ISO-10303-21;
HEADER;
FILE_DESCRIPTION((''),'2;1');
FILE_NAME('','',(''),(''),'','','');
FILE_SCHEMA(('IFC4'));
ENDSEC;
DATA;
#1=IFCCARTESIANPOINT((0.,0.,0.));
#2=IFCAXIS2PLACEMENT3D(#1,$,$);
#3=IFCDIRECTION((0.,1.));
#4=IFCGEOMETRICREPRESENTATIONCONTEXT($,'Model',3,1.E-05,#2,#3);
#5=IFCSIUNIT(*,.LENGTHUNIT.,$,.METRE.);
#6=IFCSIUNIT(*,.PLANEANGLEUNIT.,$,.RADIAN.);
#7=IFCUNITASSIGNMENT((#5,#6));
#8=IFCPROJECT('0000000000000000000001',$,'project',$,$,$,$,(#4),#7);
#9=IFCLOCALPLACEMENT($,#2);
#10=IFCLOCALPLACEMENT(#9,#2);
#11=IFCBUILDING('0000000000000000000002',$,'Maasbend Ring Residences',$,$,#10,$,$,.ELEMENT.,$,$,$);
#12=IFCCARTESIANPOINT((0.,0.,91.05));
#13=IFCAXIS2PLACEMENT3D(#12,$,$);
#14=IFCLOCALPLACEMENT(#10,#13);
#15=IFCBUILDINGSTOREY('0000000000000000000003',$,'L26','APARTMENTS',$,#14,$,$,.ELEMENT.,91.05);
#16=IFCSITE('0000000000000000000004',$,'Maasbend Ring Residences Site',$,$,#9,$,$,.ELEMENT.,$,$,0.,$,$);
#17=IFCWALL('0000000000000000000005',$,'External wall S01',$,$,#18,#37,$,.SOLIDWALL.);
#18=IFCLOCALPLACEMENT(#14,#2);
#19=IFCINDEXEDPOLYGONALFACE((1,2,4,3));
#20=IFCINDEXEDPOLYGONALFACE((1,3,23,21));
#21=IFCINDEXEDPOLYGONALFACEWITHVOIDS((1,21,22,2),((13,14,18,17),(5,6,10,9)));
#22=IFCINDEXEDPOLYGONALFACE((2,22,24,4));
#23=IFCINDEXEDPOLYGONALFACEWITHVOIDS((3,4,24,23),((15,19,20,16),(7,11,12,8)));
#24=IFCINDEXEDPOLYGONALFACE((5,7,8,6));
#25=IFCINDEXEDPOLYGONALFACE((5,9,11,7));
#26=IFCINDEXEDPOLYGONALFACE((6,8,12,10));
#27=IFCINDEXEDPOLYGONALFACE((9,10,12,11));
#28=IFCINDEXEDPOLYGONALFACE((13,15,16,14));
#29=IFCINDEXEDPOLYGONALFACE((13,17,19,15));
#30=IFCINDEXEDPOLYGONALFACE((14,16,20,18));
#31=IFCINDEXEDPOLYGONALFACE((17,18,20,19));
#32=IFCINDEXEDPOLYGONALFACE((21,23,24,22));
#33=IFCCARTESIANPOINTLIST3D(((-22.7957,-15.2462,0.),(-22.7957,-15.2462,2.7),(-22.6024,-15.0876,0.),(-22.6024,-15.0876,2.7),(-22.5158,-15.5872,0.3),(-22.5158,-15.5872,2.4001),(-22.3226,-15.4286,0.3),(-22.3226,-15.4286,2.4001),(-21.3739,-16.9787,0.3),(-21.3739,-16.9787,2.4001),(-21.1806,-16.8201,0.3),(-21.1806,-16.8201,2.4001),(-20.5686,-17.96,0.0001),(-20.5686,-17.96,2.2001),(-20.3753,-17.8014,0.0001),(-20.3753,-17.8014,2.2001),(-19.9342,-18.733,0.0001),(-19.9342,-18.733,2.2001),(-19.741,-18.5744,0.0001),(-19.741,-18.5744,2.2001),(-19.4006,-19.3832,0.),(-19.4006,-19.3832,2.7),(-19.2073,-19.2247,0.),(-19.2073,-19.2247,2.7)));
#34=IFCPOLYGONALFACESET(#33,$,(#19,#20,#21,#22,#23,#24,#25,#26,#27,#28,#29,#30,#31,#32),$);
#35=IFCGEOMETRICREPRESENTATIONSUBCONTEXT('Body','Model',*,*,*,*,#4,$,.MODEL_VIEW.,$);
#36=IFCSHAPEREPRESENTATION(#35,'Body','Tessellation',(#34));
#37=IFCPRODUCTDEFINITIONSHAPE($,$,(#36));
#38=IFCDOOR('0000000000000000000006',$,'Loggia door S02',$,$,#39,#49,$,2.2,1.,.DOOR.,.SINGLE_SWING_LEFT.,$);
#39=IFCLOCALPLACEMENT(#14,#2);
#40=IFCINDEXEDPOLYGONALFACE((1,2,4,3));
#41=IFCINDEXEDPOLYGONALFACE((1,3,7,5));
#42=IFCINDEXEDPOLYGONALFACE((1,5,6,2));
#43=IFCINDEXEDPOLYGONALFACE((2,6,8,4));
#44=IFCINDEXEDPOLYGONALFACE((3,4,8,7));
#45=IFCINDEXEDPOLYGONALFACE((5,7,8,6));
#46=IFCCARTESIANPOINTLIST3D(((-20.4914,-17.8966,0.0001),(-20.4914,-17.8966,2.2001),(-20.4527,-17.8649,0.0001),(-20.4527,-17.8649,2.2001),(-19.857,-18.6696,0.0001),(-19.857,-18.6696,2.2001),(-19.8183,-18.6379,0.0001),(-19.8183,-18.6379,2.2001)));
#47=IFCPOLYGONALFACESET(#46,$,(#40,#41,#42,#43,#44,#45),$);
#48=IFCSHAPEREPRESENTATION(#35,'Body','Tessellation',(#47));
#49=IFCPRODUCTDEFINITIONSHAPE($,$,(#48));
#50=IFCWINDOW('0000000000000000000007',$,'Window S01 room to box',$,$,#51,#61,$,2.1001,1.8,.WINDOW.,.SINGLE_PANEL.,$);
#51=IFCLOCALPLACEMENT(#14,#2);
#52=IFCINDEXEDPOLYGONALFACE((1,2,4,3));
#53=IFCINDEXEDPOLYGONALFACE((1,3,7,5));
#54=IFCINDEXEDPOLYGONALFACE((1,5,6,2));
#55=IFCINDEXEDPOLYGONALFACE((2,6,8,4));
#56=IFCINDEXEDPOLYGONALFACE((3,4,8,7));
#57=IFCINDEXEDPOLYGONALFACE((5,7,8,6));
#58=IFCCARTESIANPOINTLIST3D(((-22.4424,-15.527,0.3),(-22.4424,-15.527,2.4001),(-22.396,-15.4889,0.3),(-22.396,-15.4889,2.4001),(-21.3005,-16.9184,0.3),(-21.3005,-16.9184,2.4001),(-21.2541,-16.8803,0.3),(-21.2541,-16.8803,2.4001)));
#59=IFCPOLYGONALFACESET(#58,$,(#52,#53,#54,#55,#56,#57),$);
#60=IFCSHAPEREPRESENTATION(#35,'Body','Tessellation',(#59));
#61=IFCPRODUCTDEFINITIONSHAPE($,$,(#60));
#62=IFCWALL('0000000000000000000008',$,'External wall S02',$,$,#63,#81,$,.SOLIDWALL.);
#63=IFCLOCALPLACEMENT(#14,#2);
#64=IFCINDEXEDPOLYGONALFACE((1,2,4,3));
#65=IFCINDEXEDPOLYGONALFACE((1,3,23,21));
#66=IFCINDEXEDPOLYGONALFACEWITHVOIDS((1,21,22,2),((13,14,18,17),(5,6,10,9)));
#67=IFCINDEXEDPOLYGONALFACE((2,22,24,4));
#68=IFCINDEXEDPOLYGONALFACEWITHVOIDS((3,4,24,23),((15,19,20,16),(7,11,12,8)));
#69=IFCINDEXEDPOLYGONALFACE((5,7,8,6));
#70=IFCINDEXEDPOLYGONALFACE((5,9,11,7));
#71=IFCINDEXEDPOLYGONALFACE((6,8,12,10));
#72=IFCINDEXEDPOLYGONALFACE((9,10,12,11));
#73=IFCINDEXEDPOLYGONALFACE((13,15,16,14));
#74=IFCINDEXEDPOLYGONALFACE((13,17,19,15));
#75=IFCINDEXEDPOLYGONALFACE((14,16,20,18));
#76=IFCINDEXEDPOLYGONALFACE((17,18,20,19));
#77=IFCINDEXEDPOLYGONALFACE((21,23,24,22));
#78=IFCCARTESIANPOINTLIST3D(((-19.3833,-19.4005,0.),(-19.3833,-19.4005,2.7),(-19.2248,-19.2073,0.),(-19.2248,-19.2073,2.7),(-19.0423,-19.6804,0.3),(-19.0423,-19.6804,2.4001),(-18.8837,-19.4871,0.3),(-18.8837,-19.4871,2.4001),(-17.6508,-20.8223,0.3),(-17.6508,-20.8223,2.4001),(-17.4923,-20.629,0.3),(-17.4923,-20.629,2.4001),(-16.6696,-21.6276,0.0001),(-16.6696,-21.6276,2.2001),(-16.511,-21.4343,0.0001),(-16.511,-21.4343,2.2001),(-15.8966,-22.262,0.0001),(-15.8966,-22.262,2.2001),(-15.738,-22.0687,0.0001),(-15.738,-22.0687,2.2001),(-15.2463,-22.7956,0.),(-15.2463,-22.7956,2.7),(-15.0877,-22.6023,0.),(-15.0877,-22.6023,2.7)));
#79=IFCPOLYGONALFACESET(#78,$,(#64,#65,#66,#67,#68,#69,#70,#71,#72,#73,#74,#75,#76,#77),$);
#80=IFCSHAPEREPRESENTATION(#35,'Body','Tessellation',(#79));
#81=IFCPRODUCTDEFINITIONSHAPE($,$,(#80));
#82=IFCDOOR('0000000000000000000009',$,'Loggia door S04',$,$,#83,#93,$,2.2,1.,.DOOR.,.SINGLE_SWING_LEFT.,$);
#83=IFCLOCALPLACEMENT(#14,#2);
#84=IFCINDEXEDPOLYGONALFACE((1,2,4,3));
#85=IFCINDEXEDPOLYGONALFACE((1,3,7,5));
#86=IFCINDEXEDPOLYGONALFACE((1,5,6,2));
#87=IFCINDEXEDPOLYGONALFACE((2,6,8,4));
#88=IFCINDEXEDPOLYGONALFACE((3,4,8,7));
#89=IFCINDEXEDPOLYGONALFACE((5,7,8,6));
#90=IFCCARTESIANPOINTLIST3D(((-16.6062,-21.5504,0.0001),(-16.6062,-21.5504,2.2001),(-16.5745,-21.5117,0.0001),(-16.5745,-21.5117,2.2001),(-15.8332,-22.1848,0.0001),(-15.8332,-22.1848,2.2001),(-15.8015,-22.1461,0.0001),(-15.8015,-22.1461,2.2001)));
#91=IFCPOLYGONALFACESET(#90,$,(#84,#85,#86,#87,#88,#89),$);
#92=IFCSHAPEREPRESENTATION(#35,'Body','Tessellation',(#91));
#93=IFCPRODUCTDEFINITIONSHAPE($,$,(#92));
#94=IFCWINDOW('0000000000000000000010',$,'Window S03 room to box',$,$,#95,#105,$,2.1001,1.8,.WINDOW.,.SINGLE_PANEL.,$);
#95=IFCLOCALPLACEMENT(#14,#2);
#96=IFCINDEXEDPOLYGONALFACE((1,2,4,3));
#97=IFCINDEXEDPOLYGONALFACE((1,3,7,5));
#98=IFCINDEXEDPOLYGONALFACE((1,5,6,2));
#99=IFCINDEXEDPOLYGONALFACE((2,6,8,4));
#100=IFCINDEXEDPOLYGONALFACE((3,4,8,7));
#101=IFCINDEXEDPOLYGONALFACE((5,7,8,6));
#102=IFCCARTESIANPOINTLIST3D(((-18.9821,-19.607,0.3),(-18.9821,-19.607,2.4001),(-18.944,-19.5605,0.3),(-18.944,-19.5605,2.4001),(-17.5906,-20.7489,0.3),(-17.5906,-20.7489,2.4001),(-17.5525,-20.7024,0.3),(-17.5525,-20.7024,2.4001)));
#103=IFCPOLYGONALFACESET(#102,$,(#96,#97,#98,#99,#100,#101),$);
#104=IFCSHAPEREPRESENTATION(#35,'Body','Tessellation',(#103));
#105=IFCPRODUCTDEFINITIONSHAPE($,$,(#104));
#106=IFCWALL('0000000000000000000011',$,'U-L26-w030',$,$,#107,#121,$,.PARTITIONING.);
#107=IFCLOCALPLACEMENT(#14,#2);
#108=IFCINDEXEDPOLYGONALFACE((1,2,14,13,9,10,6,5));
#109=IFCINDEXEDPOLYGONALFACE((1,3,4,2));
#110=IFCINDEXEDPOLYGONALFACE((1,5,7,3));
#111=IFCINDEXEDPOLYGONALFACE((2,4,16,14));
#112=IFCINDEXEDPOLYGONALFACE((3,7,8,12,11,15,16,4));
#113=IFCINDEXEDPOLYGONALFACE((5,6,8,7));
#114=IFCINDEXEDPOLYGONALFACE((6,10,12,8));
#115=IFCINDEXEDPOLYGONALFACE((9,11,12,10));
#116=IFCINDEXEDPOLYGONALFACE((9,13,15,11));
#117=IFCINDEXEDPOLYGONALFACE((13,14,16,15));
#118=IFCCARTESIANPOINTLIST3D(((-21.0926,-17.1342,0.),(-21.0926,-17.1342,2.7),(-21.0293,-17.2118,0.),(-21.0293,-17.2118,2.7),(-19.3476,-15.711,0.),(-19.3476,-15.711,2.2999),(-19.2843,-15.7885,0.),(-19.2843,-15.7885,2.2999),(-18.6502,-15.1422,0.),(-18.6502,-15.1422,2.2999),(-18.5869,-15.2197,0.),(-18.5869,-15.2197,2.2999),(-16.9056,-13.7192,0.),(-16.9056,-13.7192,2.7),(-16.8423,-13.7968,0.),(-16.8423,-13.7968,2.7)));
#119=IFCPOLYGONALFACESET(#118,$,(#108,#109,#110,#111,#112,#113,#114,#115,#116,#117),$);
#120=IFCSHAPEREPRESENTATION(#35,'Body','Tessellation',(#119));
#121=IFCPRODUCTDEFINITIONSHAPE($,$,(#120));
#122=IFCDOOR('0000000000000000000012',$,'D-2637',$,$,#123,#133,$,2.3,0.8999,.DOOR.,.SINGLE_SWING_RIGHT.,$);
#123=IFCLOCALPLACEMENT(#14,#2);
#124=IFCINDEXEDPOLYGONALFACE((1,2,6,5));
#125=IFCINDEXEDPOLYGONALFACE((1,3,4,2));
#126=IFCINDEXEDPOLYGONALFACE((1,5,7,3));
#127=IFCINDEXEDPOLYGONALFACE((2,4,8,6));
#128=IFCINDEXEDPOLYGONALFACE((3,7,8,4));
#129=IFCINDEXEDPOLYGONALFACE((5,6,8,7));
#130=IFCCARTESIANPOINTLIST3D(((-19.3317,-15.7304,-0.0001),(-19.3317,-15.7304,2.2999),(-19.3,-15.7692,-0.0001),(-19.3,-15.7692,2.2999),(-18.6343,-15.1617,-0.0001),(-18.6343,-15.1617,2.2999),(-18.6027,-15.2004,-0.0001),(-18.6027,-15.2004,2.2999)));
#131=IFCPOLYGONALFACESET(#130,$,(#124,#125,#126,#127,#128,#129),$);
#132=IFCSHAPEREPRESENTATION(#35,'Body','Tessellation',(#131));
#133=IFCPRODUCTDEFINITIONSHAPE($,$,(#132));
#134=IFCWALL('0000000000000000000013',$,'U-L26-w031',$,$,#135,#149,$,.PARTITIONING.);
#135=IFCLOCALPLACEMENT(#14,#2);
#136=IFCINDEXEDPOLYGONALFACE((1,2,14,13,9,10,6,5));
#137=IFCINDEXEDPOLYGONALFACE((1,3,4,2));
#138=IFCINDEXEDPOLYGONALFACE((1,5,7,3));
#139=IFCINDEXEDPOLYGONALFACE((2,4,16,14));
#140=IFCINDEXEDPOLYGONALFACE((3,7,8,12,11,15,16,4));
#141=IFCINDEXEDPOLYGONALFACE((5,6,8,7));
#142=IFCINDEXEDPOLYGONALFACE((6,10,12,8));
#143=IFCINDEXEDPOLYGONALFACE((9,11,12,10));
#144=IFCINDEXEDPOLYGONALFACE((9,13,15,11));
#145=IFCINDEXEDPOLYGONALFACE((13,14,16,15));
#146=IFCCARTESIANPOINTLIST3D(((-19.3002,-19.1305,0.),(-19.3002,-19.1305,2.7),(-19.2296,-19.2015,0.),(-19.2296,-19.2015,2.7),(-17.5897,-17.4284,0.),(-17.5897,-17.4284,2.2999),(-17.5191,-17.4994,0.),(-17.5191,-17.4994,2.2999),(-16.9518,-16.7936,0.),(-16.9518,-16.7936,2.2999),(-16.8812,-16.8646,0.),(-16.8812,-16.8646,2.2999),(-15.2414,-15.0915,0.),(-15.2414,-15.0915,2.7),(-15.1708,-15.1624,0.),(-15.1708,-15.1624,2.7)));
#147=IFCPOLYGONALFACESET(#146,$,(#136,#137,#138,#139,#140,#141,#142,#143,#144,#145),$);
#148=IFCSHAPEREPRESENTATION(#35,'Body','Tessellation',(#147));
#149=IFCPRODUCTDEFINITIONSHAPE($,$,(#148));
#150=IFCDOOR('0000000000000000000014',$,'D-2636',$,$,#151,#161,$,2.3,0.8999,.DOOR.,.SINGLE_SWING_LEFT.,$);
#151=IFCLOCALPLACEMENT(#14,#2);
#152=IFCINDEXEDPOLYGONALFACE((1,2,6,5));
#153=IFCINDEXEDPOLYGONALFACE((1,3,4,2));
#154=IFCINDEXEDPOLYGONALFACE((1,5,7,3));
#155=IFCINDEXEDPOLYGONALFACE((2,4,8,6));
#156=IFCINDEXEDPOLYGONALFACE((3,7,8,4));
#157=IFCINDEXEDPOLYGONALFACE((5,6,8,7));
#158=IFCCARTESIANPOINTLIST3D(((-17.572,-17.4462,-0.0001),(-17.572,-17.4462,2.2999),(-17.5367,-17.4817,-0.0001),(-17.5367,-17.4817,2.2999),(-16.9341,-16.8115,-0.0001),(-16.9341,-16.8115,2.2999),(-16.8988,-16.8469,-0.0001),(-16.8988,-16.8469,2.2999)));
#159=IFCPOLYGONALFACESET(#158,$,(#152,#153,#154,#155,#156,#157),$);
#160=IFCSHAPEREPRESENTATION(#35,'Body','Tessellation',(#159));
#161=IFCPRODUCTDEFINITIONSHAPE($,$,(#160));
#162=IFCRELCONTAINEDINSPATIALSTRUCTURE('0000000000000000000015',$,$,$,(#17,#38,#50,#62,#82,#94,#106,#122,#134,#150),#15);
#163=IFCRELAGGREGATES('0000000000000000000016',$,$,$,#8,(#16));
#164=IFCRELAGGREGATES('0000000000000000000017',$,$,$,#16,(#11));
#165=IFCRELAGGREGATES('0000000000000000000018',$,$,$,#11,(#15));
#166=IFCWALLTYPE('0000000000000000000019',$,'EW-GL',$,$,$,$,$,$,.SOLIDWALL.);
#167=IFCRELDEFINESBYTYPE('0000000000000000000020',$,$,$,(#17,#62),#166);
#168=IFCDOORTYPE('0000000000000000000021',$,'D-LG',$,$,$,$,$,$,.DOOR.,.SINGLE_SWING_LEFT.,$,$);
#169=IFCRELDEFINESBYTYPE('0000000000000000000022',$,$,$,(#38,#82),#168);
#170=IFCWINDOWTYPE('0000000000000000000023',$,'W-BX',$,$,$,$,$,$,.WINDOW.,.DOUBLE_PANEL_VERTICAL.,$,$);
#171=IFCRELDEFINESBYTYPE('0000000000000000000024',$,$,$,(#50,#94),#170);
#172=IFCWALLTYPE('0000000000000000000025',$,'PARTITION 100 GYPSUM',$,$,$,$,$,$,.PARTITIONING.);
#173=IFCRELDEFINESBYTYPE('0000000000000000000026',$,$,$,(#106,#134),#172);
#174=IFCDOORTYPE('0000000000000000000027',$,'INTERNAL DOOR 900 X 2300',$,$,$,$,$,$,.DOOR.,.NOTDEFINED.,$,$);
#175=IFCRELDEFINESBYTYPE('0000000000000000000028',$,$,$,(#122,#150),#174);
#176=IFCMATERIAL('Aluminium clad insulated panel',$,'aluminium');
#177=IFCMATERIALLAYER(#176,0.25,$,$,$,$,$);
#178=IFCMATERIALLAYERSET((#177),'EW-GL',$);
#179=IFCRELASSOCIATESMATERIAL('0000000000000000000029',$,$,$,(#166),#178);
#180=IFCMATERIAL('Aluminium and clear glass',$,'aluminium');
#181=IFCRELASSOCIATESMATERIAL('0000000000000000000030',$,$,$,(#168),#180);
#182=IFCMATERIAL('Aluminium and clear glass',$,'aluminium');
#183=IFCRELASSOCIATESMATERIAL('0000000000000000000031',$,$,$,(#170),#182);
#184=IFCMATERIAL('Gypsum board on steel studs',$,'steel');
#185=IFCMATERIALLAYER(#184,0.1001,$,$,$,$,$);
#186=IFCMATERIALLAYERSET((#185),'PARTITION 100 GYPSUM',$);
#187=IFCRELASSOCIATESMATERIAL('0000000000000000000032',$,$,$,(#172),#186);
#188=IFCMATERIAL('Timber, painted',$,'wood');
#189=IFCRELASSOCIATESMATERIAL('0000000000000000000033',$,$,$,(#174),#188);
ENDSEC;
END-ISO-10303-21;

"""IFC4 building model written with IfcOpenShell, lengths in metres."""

from ifc_helpers import new_model, si_unit, direction, frame, frame_2d, origin, place, context, subcontext, project, spatial, rectangle, extrude, material, layer, layer_set, type_object, element, fill, save


model = new_model("IFC4")

# Units and contexts
model_context = context("Model", 3, precision=1e-05, world=origin(), true_north=direction((0.0, 1.0)))
body_context = subcontext(model_context, "Body", "Model", "MODEL_VIEW")
ifc_project = project(units=[si_unit("LENGTHUNIT", "METRE"), si_unit("PLANEANGLEUNIT", "RADIAN")], contexts=[model_context])

# Site, building, storey
site_placement = place(None, origin())
site = spatial("IfcSite", under=ifc_project, at=site_placement, Name="Maasbend Ring Residences Site", CompositionType="ELEMENT", RefElevation=0.0)
building_placement = place(site_placement, origin())
building = spatial("IfcBuilding", under=site, at=building_placement, Name="Maasbend Ring Residences", CompositionType="ELEMENT")
storey_placement = place(building_placement, frame((0.0, 0.0, 91.05)))
storey = spatial("IfcBuildingStorey", under=building, at=storey_placement, Name="L26", Description="APARTMENTS", CompositionType="ELEMENT", Elevation=91.05)

# Walls, openings, doors, windows
ifc_material_1 = material(Name="Aluminium clad insulated panel", Category="aluminium")
ifc_layer_1 = layer(ifc_material_1, 0.25)
ifc_layer_set_1 = layer_set([ifc_layer_1], Name="EW-GL")
wall_type_1 = type_object("IfcWallType", Name="EW-GL", PredefinedType="SOLIDWALL", material=ifc_layer_set_1)
wall_1_placement = place(storey_placement, frame((-22.699, -15.167, 0.0), z_axis=(0.0, 0.0, 1.0), x_axis=(0.634382, -0.773019, 0.0)))
wall_1 = element("IfcWall", 1, at=wall_1_placement, inside=storey, type_object=wall_type_1, Name="External wall S01", PredefinedType="SOLIDWALL", context=body_context, shape_type="SweptSolid", body=[
    extrude(rectangle(XDim=5.3518, YDim=0.25, at=frame_2d((2.6758, 0.0))), origin(), (0.0, 0.0, 1.0), 2.7),
])
opening_1_placement = place(wall_1_placement, frame((0.4412, 0.0, 0.3)))
opening_1 = element("IfcOpeningElement", 2, at=opening_1_placement, cuts=wall_1, PredefinedType="OPENING", context=body_context, shape_type="SweptSolid", body=[
    extrude(rectangle(XDim=1.8, YDim=2.1001, at=frame_2d((0.8999, 1.05))), frame((0.0, 0.135, 0.0), z_axis=(0.0, -1.0, 0.0), x_axis=(1.0, 0.0, 0.0)), (0.0, 0.0, 1.0), 0.27),
])
opening_2_placement = place(wall_1_placement, frame((3.5105, 0.0, 0.0)))
opening_2 = element("IfcOpeningElement", 3, at=opening_2_placement, cuts=wall_1, PredefinedType="OPENING", context=body_context, shape_type="SweptSolid", body=[
    extrude(rectangle(XDim=1.0, YDim=2.2, at=frame_2d((0.5, 1.1001))), frame((0.0, 0.135, 0.0), z_axis=(0.0, -1.0, 0.0), x_axis=(1.0, 0.0, 0.0)), (0.0, 0.0, 1.0), 0.27),
])
ifc_material_2 = material(Name="Aluminium and clear glass", Category="aluminium")
door_type_1 = type_object("IfcDoorType", Name="D-LG", OperationType="SINGLE_SWING_LEFT", PredefinedType="DOOR", material=ifc_material_2)
door_1_placement = place(opening_2_placement, origin())
door_1 = element("IfcDoor", 4, at=door_1_placement, inside=storey, type_object=door_type_1, Name="Loggia door S02", OperationType="SINGLE_SWING_LEFT", OverallHeight=2.2, OverallWidth=1.0, PredefinedType="DOOR", context=body_context, shape_type="SweptSolid", body=[
    extrude(rectangle(XDim=1.0, YDim=2.2, at=frame_2d((0.5, 1.1001))), frame((0.0, 0.0249, 0.0), z_axis=(0.0, -1.0, 0.0), x_axis=(1.0, 0.0, 0.0)), (0.0, 0.0, 1.0), 0.05),
])
fill(opening_2, door_1)
ifc_material_3 = material(Name="Aluminium and clear glass", Category="aluminium")
window_type_1 = type_object("IfcWindowType", Name="W-BX", PartitioningType="DOUBLE_PANEL_VERTICAL", PredefinedType="WINDOW", material=ifc_material_3)
window_1_placement = place(opening_1_placement, origin())
window_1 = element("IfcWindow", 5, at=window_1_placement, inside=storey, type_object=window_type_1, Name="Window S01 room to box", OverallHeight=2.1001, OverallWidth=1.8, PartitioningType="SINGLE_PANEL", PredefinedType="WINDOW", context=body_context, shape_type="SweptSolid", body=[
    extrude(rectangle(XDim=1.8, YDim=2.1001, at=frame_2d((0.8999, 1.05))), frame((0.0, 0.03, 0.0), z_axis=(0.0, -1.0, 0.0), x_axis=(1.0, 0.0, 0.0)), (0.0, 0.0, 1.0), 0.0601),
])
fill(opening_1, window_1)
wall_2_placement = place(storey_placement, frame((-19.304, -19.304, 0.0), z_axis=(0.0, 0.0, 1.0), x_axis=(0.773019, -0.634382, 0.0)))
wall_2 = element("IfcWall", 6, at=wall_2_placement, inside=storey, type_object=wall_type_1, Name="External wall S02", PredefinedType="SOLIDWALL", context=body_context, shape_type="SweptSolid", body=[
    extrude(rectangle(XDim=5.3518, YDim=0.25, at=frame_2d((2.6758, 0.0))), origin(), (0.0, 0.0, 1.0), 2.7),
])
opening_3_placement = place(wall_2_placement, frame((0.4412, 0.0, 0.3)))
opening_3 = element("IfcOpeningElement", 7, at=opening_3_placement, cuts=wall_2, PredefinedType="OPENING", context=body_context, shape_type="SweptSolid", body=[
    extrude(rectangle(XDim=1.8, YDim=2.1001, at=frame_2d((0.8999, 1.05))), frame((0.0, 0.135, 0.0), z_axis=(0.0, -1.0, 0.0), x_axis=(1.0, 0.0, 0.0)), (0.0, 0.0, 1.0), 0.27),
])
opening_4_placement = place(wall_2_placement, frame((3.5105, 0.0, 0.0)))
opening_4 = element("IfcOpeningElement", 8, at=opening_4_placement, cuts=wall_2, PredefinedType="OPENING", context=body_context, shape_type="SweptSolid", body=[
    extrude(rectangle(XDim=1.0, YDim=2.2, at=frame_2d((0.5, 1.1001))), frame((0.0, 0.135, 0.0), z_axis=(0.0, -1.0, 0.0), x_axis=(1.0, 0.0, 0.0)), (0.0, 0.0, 1.0), 0.27),
])
door_2_placement = place(opening_4_placement, origin())
door_2 = element("IfcDoor", 9, at=door_2_placement, inside=storey, type_object=door_type_1, Name="Loggia door S04", OperationType="SINGLE_SWING_LEFT", OverallHeight=2.2, OverallWidth=1.0, PredefinedType="DOOR", context=body_context, shape_type="SweptSolid", body=[
    extrude(rectangle(XDim=1.0, YDim=2.2, at=frame_2d((0.5, 1.1001))), frame((0.0, 0.0249, 0.0), z_axis=(0.0, -1.0, 0.0), x_axis=(1.0, 0.0, 0.0)), (0.0, 0.0, 1.0), 0.05),
])
fill(opening_4, door_2)
window_2_placement = place(opening_3_placement, origin())
window_2 = element("IfcWindow", 10, at=window_2_placement, inside=storey, type_object=window_type_1, Name="Window S03 room to box", OverallHeight=2.1001, OverallWidth=1.8, PartitioningType="SINGLE_PANEL", PredefinedType="WINDOW", context=body_context, shape_type="SweptSolid", body=[
    extrude(rectangle(XDim=1.8, YDim=2.1001, at=frame_2d((0.8999, 1.05))), frame((0.0, 0.03, 0.0), z_axis=(0.0, -1.0, 0.0), x_axis=(1.0, 0.0, 0.0)), (0.0, 0.0, 1.0), 0.0601),
])
fill(opening_3, window_2)

# Walls, openings, doors
ifc_material_4 = material(Name="Gypsum board on steel studs", Category="steel")
ifc_layer_2 = layer(ifc_material_4, 0.1001)
ifc_layer_set_2 = layer_set([ifc_layer_2], Name="PARTITION 100 GYPSUM")
wall_type_2 = type_object("IfcWallType", Name="PARTITION 100 GYPSUM", PredefinedType="PARTITIONING", material=ifc_layer_set_2)
wall_3_placement = place(storey_placement, frame((-21.061, -17.1731, 0.0), z_axis=(0.0, 0.0, 1.0), x_axis=(0.774927, 0.632051, 0.0)))
wall_3 = element("IfcWall", 11, at=wall_3_placement, inside=storey, type_object=wall_type_2, Name="U-L26-w030", PredefinedType="PARTITIONING", context=body_context, shape_type="SweptSolid", body=[
    extrude(rectangle(XDim=5.4031, YDim=0.1001, at=frame_2d((2.7017, 0.0))), origin(), (0.0, 0.0, 1.0), 2.7),
])
opening_5_placement = place(wall_3_placement, frame((2.252, 0.0, 0.0)))
opening_5 = element("IfcOpeningElement", 12, at=opening_5_placement, cuts=wall_3, PredefinedType="OPENING", context=body_context, shape_type="SweptSolid", body=[
    extrude(rectangle(XDim=0.8999, YDim=2.3, at=frame_2d((0.45, 1.1499))), frame((0.0, 0.0601, 0.0), z_axis=(0.0, -1.0, 0.0), x_axis=(1.0, 0.0, 0.0)), (0.0, 0.0, 1.0), 0.1201),
])
ifc_material_5 = material(Name="Timber, painted", Category="wood")
door_type_2 = type_object("IfcDoorType", Name="INTERNAL DOOR 900 X 2300", OperationType="NOTDEFINED", PredefinedType="DOOR", material=ifc_material_5)
door_3_placement = place(opening_5_placement, origin())
door_3 = element("IfcDoor", 13, at=door_3_placement, inside=storey, type_object=door_type_2, Name="D-2637", OperationType="SINGLE_SWING_RIGHT", OverallHeight=2.3, OverallWidth=0.8999, PredefinedType="DOOR", context=body_context, shape_type="SweptSolid", body=[
    extrude(rectangle(XDim=0.8999, YDim=2.3, at=frame_2d((0.45, 1.1499))), frame((0.0, 0.0249, 0.0), z_axis=(0.0, -1.0, 0.0), x_axis=(1.0, 0.0, 0.0)), (0.0, 0.0, 1.0), 0.05),
])
fill(opening_5, door_3)
wall_4_placement = place(storey_placement, frame((-19.2649, -19.166, 0.0), z_axis=(0.0, 0.0, 1.0), x_axis=(0.708831, 0.705378, 0.0)))
wall_4 = element("IfcWall", 14, at=wall_4_placement, inside=storey, type_object=wall_type_2, Name="U-L26-w031", PredefinedType="PARTITIONING", context=body_context, shape_type="SweptSolid", body=[
    extrude(rectangle(XDim=5.7261, YDim=0.1001, at=frame_2d((2.863, 0.0))), origin(), (0.0, 0.0, 1.0), 2.7),
])
opening_6_placement = place(wall_4_placement, frame((2.4131, 0.0, 0.0)))
opening_6 = element("IfcOpeningElement", 15, at=opening_6_placement, cuts=wall_4, PredefinedType="OPENING", context=body_context, shape_type="SweptSolid", body=[
    extrude(rectangle(XDim=0.8999, YDim=2.3, at=frame_2d((0.45, 1.1499))), frame((0.0, 0.0601, 0.0), z_axis=(0.0, -1.0, 0.0), x_axis=(1.0, 0.0, 0.0)), (0.0, 0.0, 1.0), 0.1201),
])
door_4_placement = place(opening_6_placement, origin())
door_4 = element("IfcDoor", 16, at=door_4_placement, inside=storey, type_object=door_type_2, Name="D-2636", OperationType="SINGLE_SWING_LEFT", OverallHeight=2.3, OverallWidth=0.8999, PredefinedType="DOOR", context=body_context, shape_type="SweptSolid", body=[
    extrude(rectangle(XDim=0.8999, YDim=2.3, at=frame_2d((0.45, 1.1499))), frame((0.0, 0.0249, 0.0), z_axis=(0.0, -1.0, 0.0), x_axis=(1.0, 0.0, 0.0)), (0.0, 0.0, 1.0), 0.05),
])
fill(opening_6, door_4)

save(model, "model.ifc")
